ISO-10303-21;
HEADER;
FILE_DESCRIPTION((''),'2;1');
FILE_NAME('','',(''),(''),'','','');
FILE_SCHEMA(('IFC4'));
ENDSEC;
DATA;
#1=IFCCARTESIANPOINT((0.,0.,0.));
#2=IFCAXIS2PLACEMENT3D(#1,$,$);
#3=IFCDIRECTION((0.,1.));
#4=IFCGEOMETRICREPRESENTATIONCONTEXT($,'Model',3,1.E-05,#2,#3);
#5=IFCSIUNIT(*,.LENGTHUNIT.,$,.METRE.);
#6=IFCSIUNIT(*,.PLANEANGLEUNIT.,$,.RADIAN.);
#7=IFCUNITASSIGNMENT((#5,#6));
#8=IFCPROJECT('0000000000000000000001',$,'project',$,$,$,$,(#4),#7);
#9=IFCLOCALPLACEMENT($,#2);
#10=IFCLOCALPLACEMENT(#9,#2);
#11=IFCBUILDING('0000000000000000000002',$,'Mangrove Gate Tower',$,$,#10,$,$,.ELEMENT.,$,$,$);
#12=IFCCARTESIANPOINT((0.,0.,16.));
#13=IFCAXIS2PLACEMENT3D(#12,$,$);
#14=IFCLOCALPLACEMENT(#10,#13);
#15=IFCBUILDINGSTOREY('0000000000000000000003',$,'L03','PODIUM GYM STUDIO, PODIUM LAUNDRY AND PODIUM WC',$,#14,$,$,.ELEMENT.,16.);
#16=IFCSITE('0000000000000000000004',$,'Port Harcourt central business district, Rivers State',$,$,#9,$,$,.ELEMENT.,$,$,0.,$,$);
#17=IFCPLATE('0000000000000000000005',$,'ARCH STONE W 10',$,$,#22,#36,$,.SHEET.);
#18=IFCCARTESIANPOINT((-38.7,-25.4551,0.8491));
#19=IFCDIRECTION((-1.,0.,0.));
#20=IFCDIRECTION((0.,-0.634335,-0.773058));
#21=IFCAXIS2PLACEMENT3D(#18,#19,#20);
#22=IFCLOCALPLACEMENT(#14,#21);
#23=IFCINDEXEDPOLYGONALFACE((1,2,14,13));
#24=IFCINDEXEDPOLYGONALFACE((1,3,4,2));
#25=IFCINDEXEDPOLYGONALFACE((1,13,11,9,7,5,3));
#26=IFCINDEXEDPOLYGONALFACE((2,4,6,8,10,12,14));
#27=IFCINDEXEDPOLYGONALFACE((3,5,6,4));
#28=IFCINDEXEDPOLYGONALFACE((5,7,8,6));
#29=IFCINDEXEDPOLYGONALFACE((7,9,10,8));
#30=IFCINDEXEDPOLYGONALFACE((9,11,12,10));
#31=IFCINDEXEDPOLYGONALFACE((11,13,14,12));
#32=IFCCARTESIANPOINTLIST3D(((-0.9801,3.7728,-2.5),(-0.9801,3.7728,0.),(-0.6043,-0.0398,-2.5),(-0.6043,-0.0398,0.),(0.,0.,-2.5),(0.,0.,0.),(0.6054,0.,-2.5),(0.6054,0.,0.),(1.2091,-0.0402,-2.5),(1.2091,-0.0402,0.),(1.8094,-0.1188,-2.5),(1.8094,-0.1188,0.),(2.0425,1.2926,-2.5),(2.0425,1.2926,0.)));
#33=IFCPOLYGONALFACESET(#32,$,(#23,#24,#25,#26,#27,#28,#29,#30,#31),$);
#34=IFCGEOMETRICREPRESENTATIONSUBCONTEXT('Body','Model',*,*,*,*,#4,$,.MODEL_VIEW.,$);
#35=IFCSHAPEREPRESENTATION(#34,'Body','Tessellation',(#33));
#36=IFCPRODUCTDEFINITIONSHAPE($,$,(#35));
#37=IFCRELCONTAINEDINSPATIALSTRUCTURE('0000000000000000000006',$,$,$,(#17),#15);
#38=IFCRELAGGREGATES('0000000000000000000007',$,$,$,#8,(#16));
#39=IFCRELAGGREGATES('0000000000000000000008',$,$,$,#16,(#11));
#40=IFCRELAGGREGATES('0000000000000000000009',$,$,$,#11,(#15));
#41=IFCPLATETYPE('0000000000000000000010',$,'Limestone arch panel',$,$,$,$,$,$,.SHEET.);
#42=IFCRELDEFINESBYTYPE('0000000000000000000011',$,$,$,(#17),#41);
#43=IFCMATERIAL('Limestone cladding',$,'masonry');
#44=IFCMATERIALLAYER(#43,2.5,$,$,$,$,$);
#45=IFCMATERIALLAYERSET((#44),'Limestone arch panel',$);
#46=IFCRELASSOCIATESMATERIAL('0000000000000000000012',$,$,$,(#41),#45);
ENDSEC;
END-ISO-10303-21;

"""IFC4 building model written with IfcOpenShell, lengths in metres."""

from ifc_helpers import new_model, si_unit, direction, frame, origin, place, context, subcontext, project, spatial, polyline, outline, extrude, material, layer, layer_set, type_object, element, save


model = new_model("IFC4")

# Units and contexts
model_context = context("Model", 3, precision=1e-05, world=origin(), true_north=direction((0.0, 1.0)))
body_context = subcontext(model_context, "Body", "Model", "MODEL_VIEW")
ifc_project = project(units=[si_unit("LENGTHUNIT", "METRE"), si_unit("PLANEANGLEUNIT", "RADIAN")], contexts=[model_context])

# Site, building, storey
site_placement = place(None, origin())
site = spatial("IfcSite", under=ifc_project, at=site_placement, Name="Port Harcourt central business district, Rivers State", CompositionType="ELEMENT", RefElevation=0.0)
building_placement = place(site_placement, origin())
building = spatial("IfcBuilding", under=site, at=building_placement, Name="Mangrove Gate Tower", CompositionType="ELEMENT")
storey_placement = place(building_placement, frame((0.0, 0.0, 16.0)))
storey = spatial("IfcBuildingStorey", under=building, at=storey_placement, Name="L03", Description="PODIUM GYM STUDIO, PODIUM LAUNDRY AND PODIUM WC", CompositionType="ELEMENT", Elevation=16.0)

# Plate
ifc_material_1 = material(Name="Limestone cladding", Category="masonry")
ifc_layer_1 = layer(ifc_material_1, 2.5)
ifc_layer_set_1 = layer_set([ifc_layer_1], Name="Limestone arch panel")
plate_type_1 = type_object("IfcPlateType", Name="Limestone arch panel", PredefinedType="SHEET", material=ifc_layer_set_1)
plate_1_placement = place(storey_placement, frame((-38.7, -25.4551, 0.8491), z_axis=(-1.0, 0.0, 0.0), x_axis=(0.0, -0.634335, -0.773058)))
element("IfcPlate", 1, at=plate_1_placement, inside=storey, type_object=plate_type_1, Name="ARCH STONE W 10", PredefinedType="SHEET", context=body_context, shape_type="SweptSolid", body=[
    extrude(outline(polyline([(0.0, 0.0), (0.6054, 0.0), (1.2091, -0.0402), (1.8094, -0.1188), (2.0425, 1.2926), (-0.9801, 3.7728), (-0.6043, -0.0398), (0.0, 0.0)])), origin(), (0.0, 0.0, -1.0), 2.5),
])

save(model, "model.ifc")
